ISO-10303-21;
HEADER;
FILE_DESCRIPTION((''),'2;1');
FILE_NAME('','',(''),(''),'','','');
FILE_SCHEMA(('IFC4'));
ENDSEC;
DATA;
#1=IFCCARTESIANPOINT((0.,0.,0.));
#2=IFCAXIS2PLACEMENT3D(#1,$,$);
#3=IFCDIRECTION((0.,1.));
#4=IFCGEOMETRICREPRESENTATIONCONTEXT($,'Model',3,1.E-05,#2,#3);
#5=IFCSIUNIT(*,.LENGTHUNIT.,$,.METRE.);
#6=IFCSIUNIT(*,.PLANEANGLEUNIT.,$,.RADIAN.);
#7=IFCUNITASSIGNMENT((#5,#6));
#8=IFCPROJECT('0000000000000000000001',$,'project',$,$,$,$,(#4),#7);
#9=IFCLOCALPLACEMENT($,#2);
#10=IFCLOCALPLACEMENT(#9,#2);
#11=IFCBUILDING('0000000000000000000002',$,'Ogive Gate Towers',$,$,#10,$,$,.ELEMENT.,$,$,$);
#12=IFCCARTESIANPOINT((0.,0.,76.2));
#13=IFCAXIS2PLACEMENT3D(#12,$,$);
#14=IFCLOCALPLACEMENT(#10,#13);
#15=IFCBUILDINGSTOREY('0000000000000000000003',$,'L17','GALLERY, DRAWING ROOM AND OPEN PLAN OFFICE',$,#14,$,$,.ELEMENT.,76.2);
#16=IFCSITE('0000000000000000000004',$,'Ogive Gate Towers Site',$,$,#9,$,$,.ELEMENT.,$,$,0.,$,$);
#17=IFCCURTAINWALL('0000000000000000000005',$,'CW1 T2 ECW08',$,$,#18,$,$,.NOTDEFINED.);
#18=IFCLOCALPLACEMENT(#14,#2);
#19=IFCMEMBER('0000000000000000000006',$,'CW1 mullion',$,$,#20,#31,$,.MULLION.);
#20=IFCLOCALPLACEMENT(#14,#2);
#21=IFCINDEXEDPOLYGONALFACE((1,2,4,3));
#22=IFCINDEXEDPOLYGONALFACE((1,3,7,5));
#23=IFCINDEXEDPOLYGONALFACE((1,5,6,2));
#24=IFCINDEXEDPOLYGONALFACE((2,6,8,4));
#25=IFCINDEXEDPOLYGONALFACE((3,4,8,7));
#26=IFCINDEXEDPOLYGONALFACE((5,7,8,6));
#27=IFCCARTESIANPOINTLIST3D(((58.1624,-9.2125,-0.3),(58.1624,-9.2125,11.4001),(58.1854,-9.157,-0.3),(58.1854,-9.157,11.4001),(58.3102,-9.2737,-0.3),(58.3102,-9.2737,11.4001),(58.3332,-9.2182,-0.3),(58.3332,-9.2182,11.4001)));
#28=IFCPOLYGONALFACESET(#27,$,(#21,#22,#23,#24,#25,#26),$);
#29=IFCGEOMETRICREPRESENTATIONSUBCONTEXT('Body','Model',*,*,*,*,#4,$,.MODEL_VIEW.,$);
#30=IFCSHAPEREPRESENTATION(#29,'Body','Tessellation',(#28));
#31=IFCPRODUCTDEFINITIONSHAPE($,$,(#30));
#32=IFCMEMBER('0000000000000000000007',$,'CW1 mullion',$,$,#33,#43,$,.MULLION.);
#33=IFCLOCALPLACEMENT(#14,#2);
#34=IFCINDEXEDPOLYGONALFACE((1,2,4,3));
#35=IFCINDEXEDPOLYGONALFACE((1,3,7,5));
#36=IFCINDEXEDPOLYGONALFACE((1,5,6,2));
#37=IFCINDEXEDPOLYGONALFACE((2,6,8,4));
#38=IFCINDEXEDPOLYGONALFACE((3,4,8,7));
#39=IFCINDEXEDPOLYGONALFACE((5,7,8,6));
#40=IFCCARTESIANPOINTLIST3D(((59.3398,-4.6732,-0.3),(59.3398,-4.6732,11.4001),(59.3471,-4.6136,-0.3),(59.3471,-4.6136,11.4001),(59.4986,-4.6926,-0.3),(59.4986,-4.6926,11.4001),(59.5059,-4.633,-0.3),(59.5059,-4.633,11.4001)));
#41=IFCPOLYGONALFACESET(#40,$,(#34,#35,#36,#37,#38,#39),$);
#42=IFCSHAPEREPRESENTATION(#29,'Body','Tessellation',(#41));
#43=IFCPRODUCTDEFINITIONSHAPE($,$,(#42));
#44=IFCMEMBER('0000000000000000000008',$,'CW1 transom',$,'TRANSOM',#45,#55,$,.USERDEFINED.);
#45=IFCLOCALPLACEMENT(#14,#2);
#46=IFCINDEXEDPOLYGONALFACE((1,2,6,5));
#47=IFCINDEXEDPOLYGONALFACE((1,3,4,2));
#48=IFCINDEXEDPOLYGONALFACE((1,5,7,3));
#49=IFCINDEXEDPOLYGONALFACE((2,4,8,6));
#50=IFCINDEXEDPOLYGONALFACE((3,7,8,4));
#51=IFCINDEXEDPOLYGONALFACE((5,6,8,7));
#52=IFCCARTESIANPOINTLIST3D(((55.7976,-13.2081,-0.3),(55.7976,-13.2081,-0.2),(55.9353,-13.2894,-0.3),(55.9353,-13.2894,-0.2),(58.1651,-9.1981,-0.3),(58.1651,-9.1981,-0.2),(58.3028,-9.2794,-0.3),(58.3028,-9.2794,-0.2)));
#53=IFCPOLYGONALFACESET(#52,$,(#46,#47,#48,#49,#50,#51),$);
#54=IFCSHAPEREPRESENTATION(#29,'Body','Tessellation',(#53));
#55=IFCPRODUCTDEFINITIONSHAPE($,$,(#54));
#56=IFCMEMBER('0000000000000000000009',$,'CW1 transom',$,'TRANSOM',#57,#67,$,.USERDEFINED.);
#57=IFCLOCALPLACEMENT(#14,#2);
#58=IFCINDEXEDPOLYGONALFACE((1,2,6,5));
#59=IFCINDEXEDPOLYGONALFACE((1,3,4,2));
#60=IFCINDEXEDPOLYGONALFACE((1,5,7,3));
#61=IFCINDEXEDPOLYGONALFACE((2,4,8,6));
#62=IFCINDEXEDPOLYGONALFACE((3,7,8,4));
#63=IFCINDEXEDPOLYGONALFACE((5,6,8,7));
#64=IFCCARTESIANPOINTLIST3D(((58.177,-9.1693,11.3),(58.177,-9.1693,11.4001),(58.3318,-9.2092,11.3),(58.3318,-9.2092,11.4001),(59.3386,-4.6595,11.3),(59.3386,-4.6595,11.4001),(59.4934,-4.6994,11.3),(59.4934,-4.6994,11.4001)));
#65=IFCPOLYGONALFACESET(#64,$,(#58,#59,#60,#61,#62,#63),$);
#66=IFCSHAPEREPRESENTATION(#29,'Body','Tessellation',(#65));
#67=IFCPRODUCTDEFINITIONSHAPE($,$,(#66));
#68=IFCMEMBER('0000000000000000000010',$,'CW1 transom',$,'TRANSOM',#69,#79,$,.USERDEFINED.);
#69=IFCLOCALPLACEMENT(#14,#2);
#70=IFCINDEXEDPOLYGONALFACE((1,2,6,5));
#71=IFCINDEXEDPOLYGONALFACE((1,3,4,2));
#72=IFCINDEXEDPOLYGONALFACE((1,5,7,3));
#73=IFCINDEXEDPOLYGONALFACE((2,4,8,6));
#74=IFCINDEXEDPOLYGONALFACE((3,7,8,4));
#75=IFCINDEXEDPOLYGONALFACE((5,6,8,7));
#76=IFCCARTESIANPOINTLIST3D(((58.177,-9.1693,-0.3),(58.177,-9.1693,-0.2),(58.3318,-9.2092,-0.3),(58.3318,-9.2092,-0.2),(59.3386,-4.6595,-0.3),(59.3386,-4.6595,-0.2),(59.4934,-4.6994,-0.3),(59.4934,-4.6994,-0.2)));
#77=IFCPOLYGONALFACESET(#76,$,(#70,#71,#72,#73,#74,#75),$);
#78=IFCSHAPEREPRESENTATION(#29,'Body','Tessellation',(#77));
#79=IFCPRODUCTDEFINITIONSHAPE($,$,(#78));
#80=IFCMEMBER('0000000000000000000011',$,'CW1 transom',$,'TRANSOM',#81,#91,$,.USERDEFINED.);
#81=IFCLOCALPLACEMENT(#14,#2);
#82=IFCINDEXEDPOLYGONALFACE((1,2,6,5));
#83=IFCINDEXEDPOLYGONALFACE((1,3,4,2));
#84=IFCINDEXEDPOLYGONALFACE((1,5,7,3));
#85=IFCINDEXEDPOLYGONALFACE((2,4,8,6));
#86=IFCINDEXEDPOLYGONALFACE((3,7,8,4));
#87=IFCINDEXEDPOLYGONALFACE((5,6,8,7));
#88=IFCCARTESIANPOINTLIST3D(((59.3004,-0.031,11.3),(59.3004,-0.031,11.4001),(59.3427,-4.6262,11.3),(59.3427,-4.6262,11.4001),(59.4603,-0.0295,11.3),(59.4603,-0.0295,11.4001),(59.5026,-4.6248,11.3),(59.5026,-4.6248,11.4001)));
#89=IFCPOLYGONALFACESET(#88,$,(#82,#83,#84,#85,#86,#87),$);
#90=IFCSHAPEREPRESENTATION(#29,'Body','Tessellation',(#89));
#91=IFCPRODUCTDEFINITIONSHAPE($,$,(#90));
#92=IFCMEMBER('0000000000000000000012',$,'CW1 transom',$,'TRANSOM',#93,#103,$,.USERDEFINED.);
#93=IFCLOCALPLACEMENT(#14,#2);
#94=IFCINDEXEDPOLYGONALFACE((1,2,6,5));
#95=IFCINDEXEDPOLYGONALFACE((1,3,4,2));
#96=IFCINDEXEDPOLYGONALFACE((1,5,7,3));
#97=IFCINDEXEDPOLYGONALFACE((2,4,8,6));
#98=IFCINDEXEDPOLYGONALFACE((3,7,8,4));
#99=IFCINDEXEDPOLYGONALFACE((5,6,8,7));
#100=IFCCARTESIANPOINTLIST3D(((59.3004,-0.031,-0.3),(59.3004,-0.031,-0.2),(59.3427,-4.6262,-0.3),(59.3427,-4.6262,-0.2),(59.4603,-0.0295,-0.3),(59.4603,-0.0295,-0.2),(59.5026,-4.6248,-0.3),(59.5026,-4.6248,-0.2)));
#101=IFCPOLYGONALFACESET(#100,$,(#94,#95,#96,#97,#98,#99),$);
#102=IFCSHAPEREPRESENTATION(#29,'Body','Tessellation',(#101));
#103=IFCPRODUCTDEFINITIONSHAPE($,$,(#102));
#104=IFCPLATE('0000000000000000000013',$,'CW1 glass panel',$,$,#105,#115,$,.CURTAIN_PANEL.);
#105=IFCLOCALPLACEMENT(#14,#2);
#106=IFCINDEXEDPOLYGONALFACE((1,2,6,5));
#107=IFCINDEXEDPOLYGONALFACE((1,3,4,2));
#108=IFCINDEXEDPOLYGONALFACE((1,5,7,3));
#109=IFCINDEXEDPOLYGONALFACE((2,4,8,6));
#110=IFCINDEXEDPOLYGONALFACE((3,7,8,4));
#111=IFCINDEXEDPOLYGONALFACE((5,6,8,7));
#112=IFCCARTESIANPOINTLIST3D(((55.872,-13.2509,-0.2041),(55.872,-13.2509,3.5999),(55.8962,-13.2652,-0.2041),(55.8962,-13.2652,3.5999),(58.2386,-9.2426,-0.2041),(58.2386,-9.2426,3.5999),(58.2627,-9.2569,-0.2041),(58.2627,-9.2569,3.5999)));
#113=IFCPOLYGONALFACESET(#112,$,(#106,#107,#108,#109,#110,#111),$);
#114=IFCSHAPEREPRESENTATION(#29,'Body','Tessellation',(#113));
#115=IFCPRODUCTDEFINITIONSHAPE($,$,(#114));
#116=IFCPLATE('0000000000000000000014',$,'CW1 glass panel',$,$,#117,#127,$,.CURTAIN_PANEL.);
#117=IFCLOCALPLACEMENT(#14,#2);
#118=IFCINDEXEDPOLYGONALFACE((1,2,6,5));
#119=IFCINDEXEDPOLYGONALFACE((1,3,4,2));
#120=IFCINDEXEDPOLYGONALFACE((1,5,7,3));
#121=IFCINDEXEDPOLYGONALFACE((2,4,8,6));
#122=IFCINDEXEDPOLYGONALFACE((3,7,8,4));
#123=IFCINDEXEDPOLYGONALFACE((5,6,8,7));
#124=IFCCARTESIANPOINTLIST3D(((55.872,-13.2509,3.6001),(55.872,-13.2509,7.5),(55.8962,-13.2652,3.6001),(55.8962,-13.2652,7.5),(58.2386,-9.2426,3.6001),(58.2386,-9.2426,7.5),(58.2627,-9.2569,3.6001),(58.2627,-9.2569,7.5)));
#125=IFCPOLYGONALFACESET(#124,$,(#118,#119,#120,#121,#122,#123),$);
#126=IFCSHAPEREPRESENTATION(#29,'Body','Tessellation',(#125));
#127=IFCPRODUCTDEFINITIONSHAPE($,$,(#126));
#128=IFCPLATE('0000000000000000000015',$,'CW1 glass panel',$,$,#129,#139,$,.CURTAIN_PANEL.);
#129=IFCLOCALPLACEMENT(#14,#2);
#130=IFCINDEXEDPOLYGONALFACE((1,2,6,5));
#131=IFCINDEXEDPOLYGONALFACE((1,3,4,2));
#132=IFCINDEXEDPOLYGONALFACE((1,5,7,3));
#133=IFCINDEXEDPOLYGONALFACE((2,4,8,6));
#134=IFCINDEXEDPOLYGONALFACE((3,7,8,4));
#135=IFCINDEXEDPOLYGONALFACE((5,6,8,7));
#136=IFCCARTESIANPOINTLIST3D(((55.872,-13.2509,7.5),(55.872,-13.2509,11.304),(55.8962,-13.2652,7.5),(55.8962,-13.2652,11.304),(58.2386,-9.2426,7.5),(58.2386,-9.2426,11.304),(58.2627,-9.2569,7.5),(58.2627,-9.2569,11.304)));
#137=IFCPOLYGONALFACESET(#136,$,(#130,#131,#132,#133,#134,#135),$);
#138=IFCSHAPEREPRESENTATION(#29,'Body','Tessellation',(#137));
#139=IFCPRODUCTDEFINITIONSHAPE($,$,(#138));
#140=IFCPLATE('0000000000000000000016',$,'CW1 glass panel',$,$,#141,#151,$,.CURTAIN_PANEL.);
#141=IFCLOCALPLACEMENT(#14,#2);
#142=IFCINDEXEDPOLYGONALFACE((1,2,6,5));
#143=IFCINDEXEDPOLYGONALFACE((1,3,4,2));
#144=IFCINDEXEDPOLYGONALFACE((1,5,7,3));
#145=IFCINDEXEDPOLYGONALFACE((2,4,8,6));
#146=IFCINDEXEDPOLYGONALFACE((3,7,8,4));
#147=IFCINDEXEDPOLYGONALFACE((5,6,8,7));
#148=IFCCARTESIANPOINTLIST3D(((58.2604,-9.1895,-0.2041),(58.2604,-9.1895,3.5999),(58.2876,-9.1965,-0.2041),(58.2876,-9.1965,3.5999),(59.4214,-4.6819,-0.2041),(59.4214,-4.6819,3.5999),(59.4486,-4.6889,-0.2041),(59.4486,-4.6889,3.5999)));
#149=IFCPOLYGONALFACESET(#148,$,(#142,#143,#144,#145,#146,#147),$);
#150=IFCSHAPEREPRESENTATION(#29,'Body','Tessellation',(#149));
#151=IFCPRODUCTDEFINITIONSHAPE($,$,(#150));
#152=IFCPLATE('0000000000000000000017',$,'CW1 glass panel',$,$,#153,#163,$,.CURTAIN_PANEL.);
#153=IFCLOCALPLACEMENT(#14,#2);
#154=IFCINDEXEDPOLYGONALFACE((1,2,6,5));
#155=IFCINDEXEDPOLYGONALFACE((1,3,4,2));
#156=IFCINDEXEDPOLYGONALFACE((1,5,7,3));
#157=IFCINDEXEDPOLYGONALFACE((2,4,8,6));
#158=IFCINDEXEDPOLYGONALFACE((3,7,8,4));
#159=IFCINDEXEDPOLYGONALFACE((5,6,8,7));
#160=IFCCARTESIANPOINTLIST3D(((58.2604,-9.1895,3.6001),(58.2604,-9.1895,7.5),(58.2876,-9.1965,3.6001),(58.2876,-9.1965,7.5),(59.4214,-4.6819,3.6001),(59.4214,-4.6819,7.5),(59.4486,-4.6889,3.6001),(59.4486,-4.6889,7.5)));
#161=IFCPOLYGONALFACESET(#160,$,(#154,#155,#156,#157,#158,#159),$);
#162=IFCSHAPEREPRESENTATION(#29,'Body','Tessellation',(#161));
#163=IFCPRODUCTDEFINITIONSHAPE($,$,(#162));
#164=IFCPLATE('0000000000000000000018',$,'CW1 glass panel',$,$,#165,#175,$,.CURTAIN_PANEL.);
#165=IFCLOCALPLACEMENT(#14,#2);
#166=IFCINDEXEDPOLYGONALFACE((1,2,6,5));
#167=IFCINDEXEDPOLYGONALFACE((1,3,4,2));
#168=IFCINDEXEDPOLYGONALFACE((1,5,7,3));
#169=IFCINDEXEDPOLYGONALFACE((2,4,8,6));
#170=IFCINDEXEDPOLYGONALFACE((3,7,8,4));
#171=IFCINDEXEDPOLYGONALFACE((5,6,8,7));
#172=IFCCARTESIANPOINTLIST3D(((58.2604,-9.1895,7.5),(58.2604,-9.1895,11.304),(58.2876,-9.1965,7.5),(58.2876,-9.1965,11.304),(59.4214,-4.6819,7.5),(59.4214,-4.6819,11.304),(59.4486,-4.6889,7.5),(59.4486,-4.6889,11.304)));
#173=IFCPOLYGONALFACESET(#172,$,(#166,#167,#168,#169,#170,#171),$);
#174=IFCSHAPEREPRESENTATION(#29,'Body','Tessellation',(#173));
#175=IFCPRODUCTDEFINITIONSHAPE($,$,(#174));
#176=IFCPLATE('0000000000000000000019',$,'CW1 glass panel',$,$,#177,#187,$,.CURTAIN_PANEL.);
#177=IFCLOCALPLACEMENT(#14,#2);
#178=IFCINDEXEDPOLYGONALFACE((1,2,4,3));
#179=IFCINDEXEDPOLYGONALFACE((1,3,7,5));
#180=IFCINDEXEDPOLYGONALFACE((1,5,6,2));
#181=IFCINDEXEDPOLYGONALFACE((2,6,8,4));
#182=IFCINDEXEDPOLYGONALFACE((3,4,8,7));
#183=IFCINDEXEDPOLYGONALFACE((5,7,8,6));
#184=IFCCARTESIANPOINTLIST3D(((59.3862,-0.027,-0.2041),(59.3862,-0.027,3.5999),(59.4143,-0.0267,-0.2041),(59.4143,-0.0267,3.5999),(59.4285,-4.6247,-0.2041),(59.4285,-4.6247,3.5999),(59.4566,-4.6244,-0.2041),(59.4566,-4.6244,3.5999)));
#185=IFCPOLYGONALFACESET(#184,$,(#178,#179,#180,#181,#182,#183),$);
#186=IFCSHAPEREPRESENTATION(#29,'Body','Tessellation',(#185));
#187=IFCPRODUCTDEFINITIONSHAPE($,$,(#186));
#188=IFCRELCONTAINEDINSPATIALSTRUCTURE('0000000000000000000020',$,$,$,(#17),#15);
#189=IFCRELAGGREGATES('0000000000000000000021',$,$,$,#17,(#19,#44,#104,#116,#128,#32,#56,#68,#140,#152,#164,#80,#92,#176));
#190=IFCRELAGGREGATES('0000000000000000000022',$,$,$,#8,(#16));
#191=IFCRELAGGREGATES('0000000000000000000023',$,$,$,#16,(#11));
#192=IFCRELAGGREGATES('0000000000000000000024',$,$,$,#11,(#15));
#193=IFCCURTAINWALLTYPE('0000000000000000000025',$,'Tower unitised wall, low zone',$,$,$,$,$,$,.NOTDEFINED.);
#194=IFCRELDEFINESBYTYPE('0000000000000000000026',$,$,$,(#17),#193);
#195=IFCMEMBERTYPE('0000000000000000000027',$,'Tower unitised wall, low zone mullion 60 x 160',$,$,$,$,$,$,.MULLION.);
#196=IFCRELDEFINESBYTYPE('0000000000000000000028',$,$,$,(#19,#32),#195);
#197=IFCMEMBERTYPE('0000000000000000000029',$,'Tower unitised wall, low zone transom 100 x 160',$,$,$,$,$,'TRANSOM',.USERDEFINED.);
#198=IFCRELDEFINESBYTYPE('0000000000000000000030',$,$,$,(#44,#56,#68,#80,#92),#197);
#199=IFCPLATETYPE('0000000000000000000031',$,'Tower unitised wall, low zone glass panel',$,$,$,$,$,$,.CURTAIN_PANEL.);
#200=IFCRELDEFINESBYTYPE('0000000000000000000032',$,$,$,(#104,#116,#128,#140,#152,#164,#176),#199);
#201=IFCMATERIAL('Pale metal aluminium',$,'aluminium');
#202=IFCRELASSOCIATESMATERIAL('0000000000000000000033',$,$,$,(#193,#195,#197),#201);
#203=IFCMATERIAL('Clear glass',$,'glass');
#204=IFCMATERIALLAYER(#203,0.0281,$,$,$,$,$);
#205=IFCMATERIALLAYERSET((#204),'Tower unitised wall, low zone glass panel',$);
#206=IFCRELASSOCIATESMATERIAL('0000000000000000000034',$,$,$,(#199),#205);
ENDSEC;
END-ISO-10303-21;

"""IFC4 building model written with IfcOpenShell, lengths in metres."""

from ifc_helpers import new_model, si_unit, direction, frame, origin, origin_2d, place, context, subcontext, project, spatial, rectangle, extrude, material, layer, layer_set, material_profile, profile_set, type_object, element, aggregate, save


model = new_model("IFC4")

# Units and contexts
model_context = context("Model", 3, precision=1e-05, world=origin(), true_north=direction((0.0, 1.0)))
body_context = subcontext(model_context, "Body", "Model", "MODEL_VIEW")
ifc_project = project(units=[si_unit("LENGTHUNIT", "METRE"), si_unit("PLANEANGLEUNIT", "RADIAN")], contexts=[model_context])

# Site, building, storey
site_placement = place(None, origin())
site = spatial("IfcSite", under=ifc_project, at=site_placement, Name="Ogive Gate Towers Site", CompositionType="ELEMENT", RefElevation=0.0)
building_placement = place(site_placement, origin())
building = spatial("IfcBuilding", under=site, at=building_placement, Name="Ogive Gate Towers", CompositionType="ELEMENT")
storey_placement = place(building_placement, frame((0.0, 0.0, 76.2)))
storey = spatial("IfcBuildingStorey", under=building, at=storey_placement, Name="L17", Description="GALLERY, DRAWING ROOM AND OPEN PLAN OFFICE", CompositionType="ELEMENT", Elevation=76.2)

# Curtain wall, members, plates
ifc_material_1 = material(Name="Pale metal aluminium", Category="aluminium")
curtain_wall_type = type_object("IfcCurtainWallType", Name="Tower unitised wall, low zone", PredefinedType="NOTDEFINED", material=ifc_material_1)
curtain_wall_placement = place(storey_placement, origin())
curtain_wall = element("IfcCurtainWall", 1, at=curtain_wall_placement, inside=storey, type_object=curtain_wall_type, Name="CW1 T2 ECW08", PredefinedType="NOTDEFINED")
ifc_material_profile_1 = material_profile(ifc_material_1, rectangle(XDim=0.1599, YDim=0.0601, at=origin_2d()), Name="60 x 160 aluminium box")
ifc_profile_set_1 = profile_set([ifc_material_profile_1], Name="Pale metal aluminium")
member_type_1 = type_object("IfcMemberType", Name="Tower unitised wall, low zone mullion 60 x 160", PredefinedType="MULLION", material=ifc_profile_set_1)
member_1_placement = place(storey_placement, frame((58.2478, -9.2153, -0.3), z_axis=(0.0, 0.0, 1.0), x_axis=(0.92388, -0.382683, 0.0)))
member_1 = element("IfcMember", 2, at=member_1_placement, type_object=member_type_1, Name="CW1 mullion", PredefinedType="MULLION", context=body_context, shape_type="SweptSolid", body=[
    extrude(rectangle(XDim=0.1599, YDim=0.0601, at=origin_2d()), origin(), (0.0, 0.0, 1.0), 11.7002),
])
member_2_placement = place(storey_placement, frame((59.4229, -4.6531, -0.3), z_axis=(0.0, 0.0, 1.0), x_axis=(0.992635, -0.121142, 0.0)))
member_2 = element("IfcMember", 3, at=member_2_placement, type_object=member_type_1, Name="CW1 mullion", PredefinedType="MULLION", context=body_context, shape_type="SweptSolid", body=[
    extrude(rectangle(XDim=0.1599, YDim=0.0601, at=origin_2d()), origin(), (0.0, 0.0, 1.0), 11.7002),
])
ifc_material_profile_2 = material_profile(ifc_material_1, rectangle(XDim=0.1599, YDim=0.1001, at=origin_2d()), Name="100 x 160 aluminium box")
ifc_profile_set_2 = profile_set([ifc_material_profile_2], Name="Pale metal aluminium")
member_type_2 = type_object("IfcMemberType", Name="Tower unitised wall, low zone transom 100 x 160", ElementType="TRANSOM", PredefinedType="USERDEFINED", material=ifc_profile_set_2)
member_3_placement = place(storey_placement, frame((55.8665, -13.2488, -0.25), z_axis=(0.508392, 0.861126, 0.0), x_axis=(-0.861126, 0.508392, 0.0)))
member_3 = element("IfcMember", 4, at=member_3_placement, type_object=member_type_2, Name="CW1 transom", ObjectType="TRANSOM", PredefinedType="USERDEFINED", context=body_context, shape_type="SweptSolid", body=[
    extrude(rectangle(XDim=0.1599, YDim=0.1001, at=origin_2d()), origin(), (0.0, 0.0, 1.0), 4.6567),
])
member_4_placement = place(storey_placement, frame((58.2544, -9.1892, 11.3501), z_axis=(0.249437, 0.968391, 0.0), x_axis=(-0.968391, 0.249437, 0.0)))
member_4 = element("IfcMember", 5, at=member_4_placement, type_object=member_type_2, Name="CW1 transom", ObjectType="TRANSOM", PredefinedType="USERDEFINED", context=body_context, shape_type="SweptSolid", body=[
    extrude(rectangle(XDim=0.1599, YDim=0.1001, at=origin_2d()), origin(), (0.0, 0.0, 1.0), 4.657),
])
member_5_placement = place(storey_placement, frame((58.2544, -9.1892, -0.25), z_axis=(0.249437, 0.968391, 0.0), x_axis=(-0.968391, 0.249437, 0.0)))
member_5 = element("IfcMember", 6, at=member_5_placement, type_object=member_type_2, Name="CW1 transom", ObjectType="TRANSOM", PredefinedType="USERDEFINED", context=body_context, shape_type="SweptSolid", body=[
    extrude(rectangle(XDim=0.1599, YDim=0.1001, at=origin_2d()), origin(), (0.0, 0.0, 1.0), 4.657),
])
member_6_placement = place(storey_placement, frame((59.4226, -4.6255, 11.3501), z_axis=(-0.009191, 0.999958, 0.0), x_axis=(-0.999958, -0.009191, 0.0)))
member_6 = element("IfcMember", 7, at=member_6_placement, type_object=member_type_2, Name="CW1 transom", ObjectType="TRANSOM", PredefinedType="USERDEFINED", context=body_context, shape_type="SweptSolid", body=[
    extrude(rectangle(XDim=0.1599, YDim=0.1001, at=origin_2d()), origin(), (0.0, 0.0, 1.0), 4.5955),
])
member_7_placement = place(storey_placement, frame((59.4226, -4.6255, -0.25), z_axis=(-0.009191, 0.999958, 0.0), x_axis=(-0.999958, -0.009191, 0.0)))
member_7 = element("IfcMember", 8, at=member_7_placement, type_object=member_type_2, Name="CW1 transom", ObjectType="TRANSOM", PredefinedType="USERDEFINED", context=body_context, shape_type="SweptSolid", body=[
    extrude(rectangle(XDim=0.1599, YDim=0.1001, at=origin_2d()), origin(), (0.0, 0.0, 1.0), 4.5955),
])
ifc_material_2 = material(Name="Clear glass", Category="glass")
ifc_layer_1 = layer(ifc_material_2, 0.0281)
ifc_layer_set_1 = layer_set([ifc_layer_1], Name="Tower unitised wall, low zone glass panel")
plate_type = type_object("IfcPlateType", Name="Tower unitised wall, low zone glass panel", PredefinedType="CURTAIN_PANEL", material=ifc_layer_set_1)
plate_1_placement = place(storey_placement, frame((57.0674, -11.2539, -0.2041), z_axis=(0.0, 0.0, 1.0), x_axis=(0.50841, 0.861115, 0.0)))
plate_1 = element("IfcPlate", 9, at=plate_1_placement, type_object=plate_type, Name="CW1 glass panel", PredefinedType="CURTAIN_PANEL", context=body_context, shape_type="SweptSolid", body=[
    extrude(rectangle(XDim=4.6548, YDim=0.0281, at=origin_2d()), origin(), (0.0, 0.0, 1.0), 3.804),
])
plate_2_placement = place(storey_placement, frame((57.0674, -11.2539, 3.6001), z_axis=(0.0, 0.0, 1.0), x_axis=(0.50841, 0.861115, 0.0)))
plate_2 = element("IfcPlate", 10, at=plate_2_placement, type_object=plate_type, Name="CW1 glass panel", PredefinedType="CURTAIN_PANEL", context=body_context, shape_type="SweptSolid", body=[
    extrude(rectangle(XDim=4.6548, YDim=0.0281, at=origin_2d()), origin(), (0.0, 0.0, 1.0), 3.8999),
])
plate_3_placement = place(storey_placement, frame((57.0674, -11.2539, 7.5), z_axis=(0.0, 0.0, 1.0), x_axis=(0.50841, 0.861115, 0.0)))
plate_3 = element("IfcPlate", 11, at=plate_3_placement, type_object=plate_type, Name="CW1 glass panel", PredefinedType="CURTAIN_PANEL", context=body_context, shape_type="SweptSolid", body=[
    extrude(rectangle(XDim=4.6548, YDim=0.0281, at=origin_2d()), origin(), (0.0, 0.0, 1.0), 3.804),
])
plate_4_placement = place(storey_placement, frame((58.8545, -6.9392, -0.2041), z_axis=(0.0, 0.0, 1.0), x_axis=(0.249417, 0.968396, 0.0)))
plate_4 = element("IfcPlate", 12, at=plate_4_placement, type_object=plate_type, Name="CW1 glass panel", PredefinedType="CURTAIN_PANEL", context=body_context, shape_type="SweptSolid", body=[
    extrude(rectangle(XDim=4.6548, YDim=0.0281, at=origin_2d()), origin(), (0.0, 0.0, 1.0), 3.804),
])
plate_5_placement = place(storey_placement, frame((58.8545, -6.9392, 3.6001), z_axis=(0.0, 0.0, 1.0), x_axis=(0.249417, 0.968396, 0.0)))
plate_5 = element("IfcPlate", 13, at=plate_5_placement, type_object=plate_type, Name="CW1 glass panel", PredefinedType="CURTAIN_PANEL", context=body_context, shape_type="SweptSolid", body=[
    extrude(rectangle(XDim=4.6548, YDim=0.0281, at=origin_2d()), origin(), (0.0, 0.0, 1.0), 3.8999),
])
plate_6_placement = place(storey_placement, frame((58.8545, -6.9392, 7.5), z_axis=(0.0, 0.0, 1.0), x_axis=(0.249417, 0.968396, 0.0)))
plate_6 = element("IfcPlate", 14, at=plate_6_placement, type_object=plate_type, Name="CW1 glass panel", PredefinedType="CURTAIN_PANEL", context=body_context, shape_type="SweptSolid", body=[
    extrude(rectangle(XDim=4.6548, YDim=0.0281, at=origin_2d()), origin(), (0.0, 0.0, 1.0), 3.804),
])
plate_7_placement = place(storey_placement, frame((59.4214, -2.3257, -0.2041), z_axis=(0.0, 0.0, 1.0), x_axis=(-0.009198, 0.999958, 0.0)))
plate_7 = element("IfcPlate", 15, at=plate_7_placement, type_object=plate_type, Name="CW1 glass panel", PredefinedType="CURTAIN_PANEL", context=body_context, shape_type="SweptSolid", body=[
    extrude(rectangle(XDim=4.5979, YDim=0.0281, at=origin_2d()), origin(), (0.0, 0.0, 1.0), 3.804),
])
aggregate(curtain_wall, [member_1, member_3, plate_1, plate_2, plate_3, member_2, member_4, member_5, plate_4, plate_5, plate_6, member_6, member_7, plate_7])

save(model, "model.ifc")
